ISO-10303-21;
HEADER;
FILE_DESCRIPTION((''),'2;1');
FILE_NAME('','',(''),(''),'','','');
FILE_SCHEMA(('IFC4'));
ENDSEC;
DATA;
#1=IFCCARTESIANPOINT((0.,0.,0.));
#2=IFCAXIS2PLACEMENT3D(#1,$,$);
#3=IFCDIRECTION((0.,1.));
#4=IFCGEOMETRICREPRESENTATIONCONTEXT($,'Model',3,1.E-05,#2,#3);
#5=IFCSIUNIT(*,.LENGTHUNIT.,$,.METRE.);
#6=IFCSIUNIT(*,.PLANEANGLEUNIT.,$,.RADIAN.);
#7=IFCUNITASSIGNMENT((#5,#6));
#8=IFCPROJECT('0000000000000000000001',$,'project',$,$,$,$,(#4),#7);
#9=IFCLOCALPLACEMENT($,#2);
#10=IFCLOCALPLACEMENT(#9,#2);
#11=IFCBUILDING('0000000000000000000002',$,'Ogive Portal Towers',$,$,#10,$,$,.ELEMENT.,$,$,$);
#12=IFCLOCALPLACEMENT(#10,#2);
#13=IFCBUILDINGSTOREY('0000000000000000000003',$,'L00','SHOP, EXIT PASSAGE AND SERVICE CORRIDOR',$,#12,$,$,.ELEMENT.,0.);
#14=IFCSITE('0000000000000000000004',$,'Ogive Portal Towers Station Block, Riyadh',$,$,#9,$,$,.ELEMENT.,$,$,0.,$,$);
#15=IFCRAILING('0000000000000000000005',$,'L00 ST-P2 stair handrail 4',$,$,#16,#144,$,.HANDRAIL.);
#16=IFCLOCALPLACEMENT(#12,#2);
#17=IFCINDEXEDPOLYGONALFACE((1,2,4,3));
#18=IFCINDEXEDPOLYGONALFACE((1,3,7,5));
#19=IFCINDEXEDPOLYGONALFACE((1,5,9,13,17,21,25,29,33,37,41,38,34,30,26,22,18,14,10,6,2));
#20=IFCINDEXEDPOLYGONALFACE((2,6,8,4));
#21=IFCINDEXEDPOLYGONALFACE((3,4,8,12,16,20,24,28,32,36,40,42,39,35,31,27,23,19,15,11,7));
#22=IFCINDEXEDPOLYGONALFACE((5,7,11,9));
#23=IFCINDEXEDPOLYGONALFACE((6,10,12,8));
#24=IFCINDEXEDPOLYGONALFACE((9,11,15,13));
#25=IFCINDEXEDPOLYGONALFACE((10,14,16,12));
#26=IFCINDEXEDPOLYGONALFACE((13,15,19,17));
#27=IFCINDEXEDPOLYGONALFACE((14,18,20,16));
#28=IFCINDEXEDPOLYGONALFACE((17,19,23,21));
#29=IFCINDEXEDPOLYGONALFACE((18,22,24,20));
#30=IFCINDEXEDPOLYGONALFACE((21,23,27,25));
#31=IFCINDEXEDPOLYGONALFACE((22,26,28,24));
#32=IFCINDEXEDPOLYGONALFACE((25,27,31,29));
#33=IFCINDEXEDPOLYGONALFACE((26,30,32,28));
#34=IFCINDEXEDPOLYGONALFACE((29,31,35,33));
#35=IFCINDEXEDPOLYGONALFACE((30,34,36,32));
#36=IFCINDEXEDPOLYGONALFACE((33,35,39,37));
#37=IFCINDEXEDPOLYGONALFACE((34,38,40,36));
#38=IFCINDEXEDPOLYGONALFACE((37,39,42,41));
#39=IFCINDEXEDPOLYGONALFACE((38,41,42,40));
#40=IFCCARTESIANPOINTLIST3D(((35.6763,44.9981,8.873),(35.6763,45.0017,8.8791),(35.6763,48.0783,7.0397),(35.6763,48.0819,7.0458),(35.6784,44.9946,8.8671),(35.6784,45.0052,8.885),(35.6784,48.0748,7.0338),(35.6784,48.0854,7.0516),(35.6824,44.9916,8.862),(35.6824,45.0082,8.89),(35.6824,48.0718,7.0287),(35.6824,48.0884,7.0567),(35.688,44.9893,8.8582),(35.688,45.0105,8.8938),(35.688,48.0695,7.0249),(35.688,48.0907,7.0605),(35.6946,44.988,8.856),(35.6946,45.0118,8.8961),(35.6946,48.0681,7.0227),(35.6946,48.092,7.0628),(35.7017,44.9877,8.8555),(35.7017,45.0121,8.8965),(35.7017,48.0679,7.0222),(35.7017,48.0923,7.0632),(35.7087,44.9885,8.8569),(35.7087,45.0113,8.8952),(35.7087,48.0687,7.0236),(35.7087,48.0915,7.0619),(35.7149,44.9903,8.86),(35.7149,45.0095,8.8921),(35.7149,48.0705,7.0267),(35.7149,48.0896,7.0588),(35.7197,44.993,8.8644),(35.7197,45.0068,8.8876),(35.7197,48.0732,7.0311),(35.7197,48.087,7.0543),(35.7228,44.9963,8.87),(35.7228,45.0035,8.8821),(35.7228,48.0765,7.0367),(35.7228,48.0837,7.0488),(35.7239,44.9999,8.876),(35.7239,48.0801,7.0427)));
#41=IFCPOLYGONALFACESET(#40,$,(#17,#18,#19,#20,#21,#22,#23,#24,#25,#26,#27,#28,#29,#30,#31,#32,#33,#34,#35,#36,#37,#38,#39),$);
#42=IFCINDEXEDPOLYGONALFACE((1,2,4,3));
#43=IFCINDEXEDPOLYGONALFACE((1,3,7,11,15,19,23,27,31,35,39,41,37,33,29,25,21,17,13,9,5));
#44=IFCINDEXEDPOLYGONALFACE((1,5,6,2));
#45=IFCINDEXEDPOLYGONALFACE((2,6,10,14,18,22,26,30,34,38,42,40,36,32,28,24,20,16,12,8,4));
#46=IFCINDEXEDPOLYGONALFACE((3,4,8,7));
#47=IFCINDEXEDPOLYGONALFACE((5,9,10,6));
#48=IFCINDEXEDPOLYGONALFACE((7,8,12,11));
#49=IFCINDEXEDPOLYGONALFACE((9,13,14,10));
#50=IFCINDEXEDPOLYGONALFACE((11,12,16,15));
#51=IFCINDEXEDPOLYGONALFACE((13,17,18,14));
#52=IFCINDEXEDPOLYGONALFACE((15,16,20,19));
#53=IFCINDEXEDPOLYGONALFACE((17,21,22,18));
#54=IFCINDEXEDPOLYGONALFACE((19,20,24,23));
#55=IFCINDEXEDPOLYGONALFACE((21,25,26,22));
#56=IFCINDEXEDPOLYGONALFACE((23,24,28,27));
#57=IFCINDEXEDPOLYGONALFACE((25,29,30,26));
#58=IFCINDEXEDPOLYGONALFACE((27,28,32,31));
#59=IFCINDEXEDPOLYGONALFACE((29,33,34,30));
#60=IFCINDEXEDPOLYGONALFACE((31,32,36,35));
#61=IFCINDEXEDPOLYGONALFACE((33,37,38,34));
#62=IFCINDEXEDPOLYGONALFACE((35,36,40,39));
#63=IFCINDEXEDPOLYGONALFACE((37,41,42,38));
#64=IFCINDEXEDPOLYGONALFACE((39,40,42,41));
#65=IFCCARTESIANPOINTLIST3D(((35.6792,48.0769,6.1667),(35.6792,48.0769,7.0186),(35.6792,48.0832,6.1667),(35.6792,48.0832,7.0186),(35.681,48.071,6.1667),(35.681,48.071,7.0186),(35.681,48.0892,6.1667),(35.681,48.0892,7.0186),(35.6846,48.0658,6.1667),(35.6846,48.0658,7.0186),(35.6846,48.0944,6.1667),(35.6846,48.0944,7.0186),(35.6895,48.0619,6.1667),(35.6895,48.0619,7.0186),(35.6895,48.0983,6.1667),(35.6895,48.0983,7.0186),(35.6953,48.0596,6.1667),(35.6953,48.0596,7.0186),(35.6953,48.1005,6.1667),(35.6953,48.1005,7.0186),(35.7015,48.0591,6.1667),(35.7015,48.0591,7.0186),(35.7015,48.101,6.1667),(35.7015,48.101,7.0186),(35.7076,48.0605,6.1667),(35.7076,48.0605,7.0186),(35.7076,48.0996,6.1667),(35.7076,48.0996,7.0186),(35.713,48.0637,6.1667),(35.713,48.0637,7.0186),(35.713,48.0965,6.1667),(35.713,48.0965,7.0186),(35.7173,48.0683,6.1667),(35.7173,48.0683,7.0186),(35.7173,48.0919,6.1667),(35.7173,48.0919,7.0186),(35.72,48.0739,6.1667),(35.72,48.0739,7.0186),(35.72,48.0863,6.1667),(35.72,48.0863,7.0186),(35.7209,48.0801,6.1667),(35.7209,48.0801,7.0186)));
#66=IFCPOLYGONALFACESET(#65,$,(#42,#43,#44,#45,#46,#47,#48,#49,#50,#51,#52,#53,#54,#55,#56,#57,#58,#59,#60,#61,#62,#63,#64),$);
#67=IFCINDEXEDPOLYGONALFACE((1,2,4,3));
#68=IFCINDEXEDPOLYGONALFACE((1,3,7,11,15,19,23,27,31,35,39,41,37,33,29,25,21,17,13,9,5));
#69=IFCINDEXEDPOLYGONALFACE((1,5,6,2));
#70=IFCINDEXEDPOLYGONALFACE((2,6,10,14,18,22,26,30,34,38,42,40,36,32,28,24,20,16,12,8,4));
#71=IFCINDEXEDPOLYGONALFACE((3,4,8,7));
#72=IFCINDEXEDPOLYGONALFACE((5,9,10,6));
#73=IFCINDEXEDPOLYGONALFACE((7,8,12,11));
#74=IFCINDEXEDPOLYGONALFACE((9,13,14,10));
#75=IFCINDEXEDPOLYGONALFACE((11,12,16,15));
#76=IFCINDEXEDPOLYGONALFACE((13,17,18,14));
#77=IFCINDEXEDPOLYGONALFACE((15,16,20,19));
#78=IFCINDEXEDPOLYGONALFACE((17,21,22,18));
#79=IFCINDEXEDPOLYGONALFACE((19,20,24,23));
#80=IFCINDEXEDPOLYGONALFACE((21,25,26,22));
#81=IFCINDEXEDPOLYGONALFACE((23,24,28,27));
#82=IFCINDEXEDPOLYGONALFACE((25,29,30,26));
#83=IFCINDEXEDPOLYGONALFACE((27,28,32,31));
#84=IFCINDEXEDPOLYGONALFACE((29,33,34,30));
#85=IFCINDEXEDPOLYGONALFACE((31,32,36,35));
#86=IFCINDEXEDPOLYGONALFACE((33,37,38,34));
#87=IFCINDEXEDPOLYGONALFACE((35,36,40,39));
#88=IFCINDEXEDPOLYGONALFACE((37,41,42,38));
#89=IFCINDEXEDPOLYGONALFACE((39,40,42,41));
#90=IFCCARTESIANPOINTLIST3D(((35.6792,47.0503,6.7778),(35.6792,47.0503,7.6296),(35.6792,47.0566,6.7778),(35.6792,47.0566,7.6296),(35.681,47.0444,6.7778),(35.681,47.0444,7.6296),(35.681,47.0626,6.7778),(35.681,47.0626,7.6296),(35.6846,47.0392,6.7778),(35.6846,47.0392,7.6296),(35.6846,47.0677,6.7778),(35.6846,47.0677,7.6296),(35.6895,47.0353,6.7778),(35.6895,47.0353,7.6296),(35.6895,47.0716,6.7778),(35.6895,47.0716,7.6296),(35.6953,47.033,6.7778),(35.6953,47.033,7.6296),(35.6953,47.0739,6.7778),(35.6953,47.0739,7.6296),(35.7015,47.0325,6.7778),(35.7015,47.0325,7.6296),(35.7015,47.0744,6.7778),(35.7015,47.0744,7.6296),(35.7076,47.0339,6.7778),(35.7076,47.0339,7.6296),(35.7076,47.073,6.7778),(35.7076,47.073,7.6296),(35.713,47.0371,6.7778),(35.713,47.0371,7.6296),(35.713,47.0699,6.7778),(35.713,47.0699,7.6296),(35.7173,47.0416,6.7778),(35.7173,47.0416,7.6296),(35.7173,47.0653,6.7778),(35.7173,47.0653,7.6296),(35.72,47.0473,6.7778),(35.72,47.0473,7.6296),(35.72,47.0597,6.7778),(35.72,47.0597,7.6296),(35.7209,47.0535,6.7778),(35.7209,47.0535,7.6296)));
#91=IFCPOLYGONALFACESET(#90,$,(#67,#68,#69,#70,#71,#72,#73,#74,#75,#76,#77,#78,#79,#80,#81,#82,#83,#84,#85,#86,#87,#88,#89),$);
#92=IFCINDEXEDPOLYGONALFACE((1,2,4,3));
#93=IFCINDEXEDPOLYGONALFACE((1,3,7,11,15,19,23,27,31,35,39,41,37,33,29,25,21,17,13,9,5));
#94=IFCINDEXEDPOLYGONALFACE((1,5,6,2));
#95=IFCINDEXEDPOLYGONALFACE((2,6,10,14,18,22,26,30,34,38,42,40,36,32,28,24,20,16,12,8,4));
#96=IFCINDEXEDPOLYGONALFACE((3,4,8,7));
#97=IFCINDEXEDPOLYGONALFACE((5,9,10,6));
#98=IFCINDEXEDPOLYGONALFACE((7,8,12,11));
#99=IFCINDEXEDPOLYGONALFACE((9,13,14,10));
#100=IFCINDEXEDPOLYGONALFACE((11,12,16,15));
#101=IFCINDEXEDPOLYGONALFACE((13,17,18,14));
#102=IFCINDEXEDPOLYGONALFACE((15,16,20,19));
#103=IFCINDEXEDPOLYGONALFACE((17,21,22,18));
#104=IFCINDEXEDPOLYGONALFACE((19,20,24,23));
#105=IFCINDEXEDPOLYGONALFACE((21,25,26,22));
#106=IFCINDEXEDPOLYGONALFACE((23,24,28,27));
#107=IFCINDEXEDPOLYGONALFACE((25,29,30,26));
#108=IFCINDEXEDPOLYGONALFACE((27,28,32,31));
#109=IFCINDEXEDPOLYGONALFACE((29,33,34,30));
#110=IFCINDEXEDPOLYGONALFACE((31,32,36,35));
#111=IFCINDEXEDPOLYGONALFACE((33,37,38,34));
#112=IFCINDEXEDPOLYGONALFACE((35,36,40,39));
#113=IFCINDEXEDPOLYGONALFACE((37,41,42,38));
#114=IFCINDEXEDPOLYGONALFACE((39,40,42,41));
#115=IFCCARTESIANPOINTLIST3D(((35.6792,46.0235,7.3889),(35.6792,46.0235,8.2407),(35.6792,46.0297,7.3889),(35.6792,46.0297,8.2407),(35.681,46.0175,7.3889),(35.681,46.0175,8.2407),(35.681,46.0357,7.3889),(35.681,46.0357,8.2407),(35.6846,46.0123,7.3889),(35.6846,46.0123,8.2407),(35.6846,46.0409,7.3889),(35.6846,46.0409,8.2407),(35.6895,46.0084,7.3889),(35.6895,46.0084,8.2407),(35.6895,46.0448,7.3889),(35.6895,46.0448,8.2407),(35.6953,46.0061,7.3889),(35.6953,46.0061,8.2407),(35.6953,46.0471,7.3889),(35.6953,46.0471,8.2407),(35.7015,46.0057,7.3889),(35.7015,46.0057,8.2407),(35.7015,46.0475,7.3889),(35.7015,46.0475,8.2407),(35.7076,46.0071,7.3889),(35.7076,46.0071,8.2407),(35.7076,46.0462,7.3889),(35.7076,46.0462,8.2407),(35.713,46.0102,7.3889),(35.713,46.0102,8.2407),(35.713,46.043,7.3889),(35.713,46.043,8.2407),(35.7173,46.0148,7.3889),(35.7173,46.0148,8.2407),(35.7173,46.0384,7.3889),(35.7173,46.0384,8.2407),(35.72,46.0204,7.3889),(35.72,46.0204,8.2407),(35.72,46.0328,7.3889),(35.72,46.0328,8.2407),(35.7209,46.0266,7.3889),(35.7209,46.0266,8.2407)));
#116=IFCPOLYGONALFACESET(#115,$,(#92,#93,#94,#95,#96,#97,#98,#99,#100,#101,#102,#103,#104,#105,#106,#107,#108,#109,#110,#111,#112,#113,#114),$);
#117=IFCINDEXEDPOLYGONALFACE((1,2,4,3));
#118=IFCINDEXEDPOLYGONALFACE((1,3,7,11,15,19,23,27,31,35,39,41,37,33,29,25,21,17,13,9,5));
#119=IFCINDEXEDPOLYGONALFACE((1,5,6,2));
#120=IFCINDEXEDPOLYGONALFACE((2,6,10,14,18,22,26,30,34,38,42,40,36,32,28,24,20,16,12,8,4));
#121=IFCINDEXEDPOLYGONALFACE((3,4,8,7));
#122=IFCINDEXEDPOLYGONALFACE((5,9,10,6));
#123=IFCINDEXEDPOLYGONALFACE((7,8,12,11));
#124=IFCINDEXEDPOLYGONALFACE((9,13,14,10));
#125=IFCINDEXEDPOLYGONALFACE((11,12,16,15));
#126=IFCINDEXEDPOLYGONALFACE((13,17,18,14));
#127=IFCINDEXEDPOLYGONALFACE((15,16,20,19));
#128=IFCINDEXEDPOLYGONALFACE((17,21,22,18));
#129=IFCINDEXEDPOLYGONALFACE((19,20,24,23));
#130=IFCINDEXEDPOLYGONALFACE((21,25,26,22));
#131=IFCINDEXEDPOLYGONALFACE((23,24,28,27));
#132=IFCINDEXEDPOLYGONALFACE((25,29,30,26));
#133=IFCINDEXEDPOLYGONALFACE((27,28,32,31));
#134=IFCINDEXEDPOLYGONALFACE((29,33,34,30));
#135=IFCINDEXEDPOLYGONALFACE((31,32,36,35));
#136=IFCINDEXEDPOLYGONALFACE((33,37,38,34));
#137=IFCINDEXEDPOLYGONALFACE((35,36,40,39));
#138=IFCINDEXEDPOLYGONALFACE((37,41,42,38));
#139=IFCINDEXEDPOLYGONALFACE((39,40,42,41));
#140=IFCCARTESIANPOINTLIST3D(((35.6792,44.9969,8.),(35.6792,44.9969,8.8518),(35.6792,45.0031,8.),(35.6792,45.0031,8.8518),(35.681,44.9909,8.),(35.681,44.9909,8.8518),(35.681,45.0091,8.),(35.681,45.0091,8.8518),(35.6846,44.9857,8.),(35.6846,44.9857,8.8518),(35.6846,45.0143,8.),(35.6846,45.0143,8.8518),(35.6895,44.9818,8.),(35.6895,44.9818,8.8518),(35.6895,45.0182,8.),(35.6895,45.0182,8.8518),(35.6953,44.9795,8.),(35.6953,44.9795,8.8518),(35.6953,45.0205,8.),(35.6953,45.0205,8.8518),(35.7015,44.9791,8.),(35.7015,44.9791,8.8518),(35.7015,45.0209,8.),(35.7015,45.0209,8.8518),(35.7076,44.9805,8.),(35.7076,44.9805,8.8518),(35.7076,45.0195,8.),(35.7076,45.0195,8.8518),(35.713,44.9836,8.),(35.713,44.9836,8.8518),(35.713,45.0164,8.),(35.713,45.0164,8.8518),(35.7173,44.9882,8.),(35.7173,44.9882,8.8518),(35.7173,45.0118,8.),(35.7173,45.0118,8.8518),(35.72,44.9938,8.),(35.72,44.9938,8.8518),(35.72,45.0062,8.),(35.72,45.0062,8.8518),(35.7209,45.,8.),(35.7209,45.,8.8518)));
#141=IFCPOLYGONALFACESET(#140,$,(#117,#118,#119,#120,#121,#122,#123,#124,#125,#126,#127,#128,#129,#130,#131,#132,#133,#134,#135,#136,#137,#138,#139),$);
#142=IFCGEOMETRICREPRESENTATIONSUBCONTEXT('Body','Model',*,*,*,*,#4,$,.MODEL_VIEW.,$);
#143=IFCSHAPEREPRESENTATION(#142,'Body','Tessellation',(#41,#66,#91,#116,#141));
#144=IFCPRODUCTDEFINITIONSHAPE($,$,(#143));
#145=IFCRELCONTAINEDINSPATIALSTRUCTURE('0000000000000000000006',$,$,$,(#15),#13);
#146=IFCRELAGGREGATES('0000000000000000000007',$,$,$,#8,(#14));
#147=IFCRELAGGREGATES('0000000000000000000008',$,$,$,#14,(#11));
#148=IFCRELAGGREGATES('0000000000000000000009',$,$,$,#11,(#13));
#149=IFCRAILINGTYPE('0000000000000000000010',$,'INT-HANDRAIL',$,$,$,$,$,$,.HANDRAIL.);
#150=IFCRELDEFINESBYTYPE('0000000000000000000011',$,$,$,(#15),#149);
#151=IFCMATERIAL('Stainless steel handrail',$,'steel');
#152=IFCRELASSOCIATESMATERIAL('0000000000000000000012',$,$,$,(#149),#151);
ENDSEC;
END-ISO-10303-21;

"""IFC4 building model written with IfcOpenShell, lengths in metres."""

from ifc_helpers import new_model, si_unit, direction, frame, origin, origin_2d, place, context, subcontext, project, spatial, circle, extrude, material, type_object, element, save


model = new_model("IFC4")

# Units and contexts
model_context = context("Model", 3, precision=1e-05, world=origin(), true_north=direction((0.0, 1.0)))
body_context = subcontext(model_context, "Body", "Model", "MODEL_VIEW")
ifc_project = project(units=[si_unit("LENGTHUNIT", "METRE"), si_unit("PLANEANGLEUNIT", "RADIAN")], contexts=[model_context])

# Site, building, storey
site_placement = place(None, origin())
site = spatial("IfcSite", under=ifc_project, at=site_placement, Name="Ogive Portal Towers Station Block, Riyadh", CompositionType="ELEMENT", RefElevation=0.0)
building_placement = place(site_placement, origin())
building = spatial("IfcBuilding", under=site, at=building_placement, Name="Ogive Portal Towers", CompositionType="ELEMENT")
storey_placement = place(building_placement, origin())
storey = spatial("IfcBuildingStorey", under=building, at=storey_placement, Name="L00", Description="SHOP, EXIT PASSAGE AND SERVICE CORRIDOR", CompositionType="ELEMENT", Elevation=0.0)

# Railing
ifc_material_1 = material(Name="Stainless steel handrail", Category="steel")
railing_type_1 = type_object("IfcRailingType", Name="INT-HANDRAIL", PredefinedType="HANDRAIL", material=ifc_material_1)
railing_1_placement = place(storey_placement, frame((35.7, 48.0801, 6.1667)))
element("IfcRailing", 1, at=railing_1_placement, inside=storey, type_object=railing_type_1, Name="L00 ST-P2 stair handrail 4", PredefinedType="HANDRAIL", context=body_context, shape_type="SweptSolid", body=[
    extrude(circle(Radius=0.0239, at=origin_2d()), frame((0.0, 0.0, 0.876), z_axis=(0.0, -0.859309, 0.511458), x_axis=(1.0, 0.0, 0.0)), (0.0, 0.0, 1.0), 3.5845),
    extrude(circle(Radius=0.021, at=origin_2d()), origin(), (0.0, 0.0, 1.0), 0.8518),
    extrude(circle(Radius=0.021, at=origin_2d()), frame((0.0, -1.0266, 0.6111)), (0.0, 0.0, 1.0), 0.8518),
    extrude(circle(Radius=0.021, at=origin_2d()), frame((0.0, -2.0535, 1.2222)), (0.0, 0.0, 1.0), 0.8518),
    extrude(circle(Radius=0.021, at=origin_2d()), frame((0.0, -3.0801, 1.8333)), (0.0, 0.0, 1.0), 0.8518),
])

save(model, "model.ifc")
